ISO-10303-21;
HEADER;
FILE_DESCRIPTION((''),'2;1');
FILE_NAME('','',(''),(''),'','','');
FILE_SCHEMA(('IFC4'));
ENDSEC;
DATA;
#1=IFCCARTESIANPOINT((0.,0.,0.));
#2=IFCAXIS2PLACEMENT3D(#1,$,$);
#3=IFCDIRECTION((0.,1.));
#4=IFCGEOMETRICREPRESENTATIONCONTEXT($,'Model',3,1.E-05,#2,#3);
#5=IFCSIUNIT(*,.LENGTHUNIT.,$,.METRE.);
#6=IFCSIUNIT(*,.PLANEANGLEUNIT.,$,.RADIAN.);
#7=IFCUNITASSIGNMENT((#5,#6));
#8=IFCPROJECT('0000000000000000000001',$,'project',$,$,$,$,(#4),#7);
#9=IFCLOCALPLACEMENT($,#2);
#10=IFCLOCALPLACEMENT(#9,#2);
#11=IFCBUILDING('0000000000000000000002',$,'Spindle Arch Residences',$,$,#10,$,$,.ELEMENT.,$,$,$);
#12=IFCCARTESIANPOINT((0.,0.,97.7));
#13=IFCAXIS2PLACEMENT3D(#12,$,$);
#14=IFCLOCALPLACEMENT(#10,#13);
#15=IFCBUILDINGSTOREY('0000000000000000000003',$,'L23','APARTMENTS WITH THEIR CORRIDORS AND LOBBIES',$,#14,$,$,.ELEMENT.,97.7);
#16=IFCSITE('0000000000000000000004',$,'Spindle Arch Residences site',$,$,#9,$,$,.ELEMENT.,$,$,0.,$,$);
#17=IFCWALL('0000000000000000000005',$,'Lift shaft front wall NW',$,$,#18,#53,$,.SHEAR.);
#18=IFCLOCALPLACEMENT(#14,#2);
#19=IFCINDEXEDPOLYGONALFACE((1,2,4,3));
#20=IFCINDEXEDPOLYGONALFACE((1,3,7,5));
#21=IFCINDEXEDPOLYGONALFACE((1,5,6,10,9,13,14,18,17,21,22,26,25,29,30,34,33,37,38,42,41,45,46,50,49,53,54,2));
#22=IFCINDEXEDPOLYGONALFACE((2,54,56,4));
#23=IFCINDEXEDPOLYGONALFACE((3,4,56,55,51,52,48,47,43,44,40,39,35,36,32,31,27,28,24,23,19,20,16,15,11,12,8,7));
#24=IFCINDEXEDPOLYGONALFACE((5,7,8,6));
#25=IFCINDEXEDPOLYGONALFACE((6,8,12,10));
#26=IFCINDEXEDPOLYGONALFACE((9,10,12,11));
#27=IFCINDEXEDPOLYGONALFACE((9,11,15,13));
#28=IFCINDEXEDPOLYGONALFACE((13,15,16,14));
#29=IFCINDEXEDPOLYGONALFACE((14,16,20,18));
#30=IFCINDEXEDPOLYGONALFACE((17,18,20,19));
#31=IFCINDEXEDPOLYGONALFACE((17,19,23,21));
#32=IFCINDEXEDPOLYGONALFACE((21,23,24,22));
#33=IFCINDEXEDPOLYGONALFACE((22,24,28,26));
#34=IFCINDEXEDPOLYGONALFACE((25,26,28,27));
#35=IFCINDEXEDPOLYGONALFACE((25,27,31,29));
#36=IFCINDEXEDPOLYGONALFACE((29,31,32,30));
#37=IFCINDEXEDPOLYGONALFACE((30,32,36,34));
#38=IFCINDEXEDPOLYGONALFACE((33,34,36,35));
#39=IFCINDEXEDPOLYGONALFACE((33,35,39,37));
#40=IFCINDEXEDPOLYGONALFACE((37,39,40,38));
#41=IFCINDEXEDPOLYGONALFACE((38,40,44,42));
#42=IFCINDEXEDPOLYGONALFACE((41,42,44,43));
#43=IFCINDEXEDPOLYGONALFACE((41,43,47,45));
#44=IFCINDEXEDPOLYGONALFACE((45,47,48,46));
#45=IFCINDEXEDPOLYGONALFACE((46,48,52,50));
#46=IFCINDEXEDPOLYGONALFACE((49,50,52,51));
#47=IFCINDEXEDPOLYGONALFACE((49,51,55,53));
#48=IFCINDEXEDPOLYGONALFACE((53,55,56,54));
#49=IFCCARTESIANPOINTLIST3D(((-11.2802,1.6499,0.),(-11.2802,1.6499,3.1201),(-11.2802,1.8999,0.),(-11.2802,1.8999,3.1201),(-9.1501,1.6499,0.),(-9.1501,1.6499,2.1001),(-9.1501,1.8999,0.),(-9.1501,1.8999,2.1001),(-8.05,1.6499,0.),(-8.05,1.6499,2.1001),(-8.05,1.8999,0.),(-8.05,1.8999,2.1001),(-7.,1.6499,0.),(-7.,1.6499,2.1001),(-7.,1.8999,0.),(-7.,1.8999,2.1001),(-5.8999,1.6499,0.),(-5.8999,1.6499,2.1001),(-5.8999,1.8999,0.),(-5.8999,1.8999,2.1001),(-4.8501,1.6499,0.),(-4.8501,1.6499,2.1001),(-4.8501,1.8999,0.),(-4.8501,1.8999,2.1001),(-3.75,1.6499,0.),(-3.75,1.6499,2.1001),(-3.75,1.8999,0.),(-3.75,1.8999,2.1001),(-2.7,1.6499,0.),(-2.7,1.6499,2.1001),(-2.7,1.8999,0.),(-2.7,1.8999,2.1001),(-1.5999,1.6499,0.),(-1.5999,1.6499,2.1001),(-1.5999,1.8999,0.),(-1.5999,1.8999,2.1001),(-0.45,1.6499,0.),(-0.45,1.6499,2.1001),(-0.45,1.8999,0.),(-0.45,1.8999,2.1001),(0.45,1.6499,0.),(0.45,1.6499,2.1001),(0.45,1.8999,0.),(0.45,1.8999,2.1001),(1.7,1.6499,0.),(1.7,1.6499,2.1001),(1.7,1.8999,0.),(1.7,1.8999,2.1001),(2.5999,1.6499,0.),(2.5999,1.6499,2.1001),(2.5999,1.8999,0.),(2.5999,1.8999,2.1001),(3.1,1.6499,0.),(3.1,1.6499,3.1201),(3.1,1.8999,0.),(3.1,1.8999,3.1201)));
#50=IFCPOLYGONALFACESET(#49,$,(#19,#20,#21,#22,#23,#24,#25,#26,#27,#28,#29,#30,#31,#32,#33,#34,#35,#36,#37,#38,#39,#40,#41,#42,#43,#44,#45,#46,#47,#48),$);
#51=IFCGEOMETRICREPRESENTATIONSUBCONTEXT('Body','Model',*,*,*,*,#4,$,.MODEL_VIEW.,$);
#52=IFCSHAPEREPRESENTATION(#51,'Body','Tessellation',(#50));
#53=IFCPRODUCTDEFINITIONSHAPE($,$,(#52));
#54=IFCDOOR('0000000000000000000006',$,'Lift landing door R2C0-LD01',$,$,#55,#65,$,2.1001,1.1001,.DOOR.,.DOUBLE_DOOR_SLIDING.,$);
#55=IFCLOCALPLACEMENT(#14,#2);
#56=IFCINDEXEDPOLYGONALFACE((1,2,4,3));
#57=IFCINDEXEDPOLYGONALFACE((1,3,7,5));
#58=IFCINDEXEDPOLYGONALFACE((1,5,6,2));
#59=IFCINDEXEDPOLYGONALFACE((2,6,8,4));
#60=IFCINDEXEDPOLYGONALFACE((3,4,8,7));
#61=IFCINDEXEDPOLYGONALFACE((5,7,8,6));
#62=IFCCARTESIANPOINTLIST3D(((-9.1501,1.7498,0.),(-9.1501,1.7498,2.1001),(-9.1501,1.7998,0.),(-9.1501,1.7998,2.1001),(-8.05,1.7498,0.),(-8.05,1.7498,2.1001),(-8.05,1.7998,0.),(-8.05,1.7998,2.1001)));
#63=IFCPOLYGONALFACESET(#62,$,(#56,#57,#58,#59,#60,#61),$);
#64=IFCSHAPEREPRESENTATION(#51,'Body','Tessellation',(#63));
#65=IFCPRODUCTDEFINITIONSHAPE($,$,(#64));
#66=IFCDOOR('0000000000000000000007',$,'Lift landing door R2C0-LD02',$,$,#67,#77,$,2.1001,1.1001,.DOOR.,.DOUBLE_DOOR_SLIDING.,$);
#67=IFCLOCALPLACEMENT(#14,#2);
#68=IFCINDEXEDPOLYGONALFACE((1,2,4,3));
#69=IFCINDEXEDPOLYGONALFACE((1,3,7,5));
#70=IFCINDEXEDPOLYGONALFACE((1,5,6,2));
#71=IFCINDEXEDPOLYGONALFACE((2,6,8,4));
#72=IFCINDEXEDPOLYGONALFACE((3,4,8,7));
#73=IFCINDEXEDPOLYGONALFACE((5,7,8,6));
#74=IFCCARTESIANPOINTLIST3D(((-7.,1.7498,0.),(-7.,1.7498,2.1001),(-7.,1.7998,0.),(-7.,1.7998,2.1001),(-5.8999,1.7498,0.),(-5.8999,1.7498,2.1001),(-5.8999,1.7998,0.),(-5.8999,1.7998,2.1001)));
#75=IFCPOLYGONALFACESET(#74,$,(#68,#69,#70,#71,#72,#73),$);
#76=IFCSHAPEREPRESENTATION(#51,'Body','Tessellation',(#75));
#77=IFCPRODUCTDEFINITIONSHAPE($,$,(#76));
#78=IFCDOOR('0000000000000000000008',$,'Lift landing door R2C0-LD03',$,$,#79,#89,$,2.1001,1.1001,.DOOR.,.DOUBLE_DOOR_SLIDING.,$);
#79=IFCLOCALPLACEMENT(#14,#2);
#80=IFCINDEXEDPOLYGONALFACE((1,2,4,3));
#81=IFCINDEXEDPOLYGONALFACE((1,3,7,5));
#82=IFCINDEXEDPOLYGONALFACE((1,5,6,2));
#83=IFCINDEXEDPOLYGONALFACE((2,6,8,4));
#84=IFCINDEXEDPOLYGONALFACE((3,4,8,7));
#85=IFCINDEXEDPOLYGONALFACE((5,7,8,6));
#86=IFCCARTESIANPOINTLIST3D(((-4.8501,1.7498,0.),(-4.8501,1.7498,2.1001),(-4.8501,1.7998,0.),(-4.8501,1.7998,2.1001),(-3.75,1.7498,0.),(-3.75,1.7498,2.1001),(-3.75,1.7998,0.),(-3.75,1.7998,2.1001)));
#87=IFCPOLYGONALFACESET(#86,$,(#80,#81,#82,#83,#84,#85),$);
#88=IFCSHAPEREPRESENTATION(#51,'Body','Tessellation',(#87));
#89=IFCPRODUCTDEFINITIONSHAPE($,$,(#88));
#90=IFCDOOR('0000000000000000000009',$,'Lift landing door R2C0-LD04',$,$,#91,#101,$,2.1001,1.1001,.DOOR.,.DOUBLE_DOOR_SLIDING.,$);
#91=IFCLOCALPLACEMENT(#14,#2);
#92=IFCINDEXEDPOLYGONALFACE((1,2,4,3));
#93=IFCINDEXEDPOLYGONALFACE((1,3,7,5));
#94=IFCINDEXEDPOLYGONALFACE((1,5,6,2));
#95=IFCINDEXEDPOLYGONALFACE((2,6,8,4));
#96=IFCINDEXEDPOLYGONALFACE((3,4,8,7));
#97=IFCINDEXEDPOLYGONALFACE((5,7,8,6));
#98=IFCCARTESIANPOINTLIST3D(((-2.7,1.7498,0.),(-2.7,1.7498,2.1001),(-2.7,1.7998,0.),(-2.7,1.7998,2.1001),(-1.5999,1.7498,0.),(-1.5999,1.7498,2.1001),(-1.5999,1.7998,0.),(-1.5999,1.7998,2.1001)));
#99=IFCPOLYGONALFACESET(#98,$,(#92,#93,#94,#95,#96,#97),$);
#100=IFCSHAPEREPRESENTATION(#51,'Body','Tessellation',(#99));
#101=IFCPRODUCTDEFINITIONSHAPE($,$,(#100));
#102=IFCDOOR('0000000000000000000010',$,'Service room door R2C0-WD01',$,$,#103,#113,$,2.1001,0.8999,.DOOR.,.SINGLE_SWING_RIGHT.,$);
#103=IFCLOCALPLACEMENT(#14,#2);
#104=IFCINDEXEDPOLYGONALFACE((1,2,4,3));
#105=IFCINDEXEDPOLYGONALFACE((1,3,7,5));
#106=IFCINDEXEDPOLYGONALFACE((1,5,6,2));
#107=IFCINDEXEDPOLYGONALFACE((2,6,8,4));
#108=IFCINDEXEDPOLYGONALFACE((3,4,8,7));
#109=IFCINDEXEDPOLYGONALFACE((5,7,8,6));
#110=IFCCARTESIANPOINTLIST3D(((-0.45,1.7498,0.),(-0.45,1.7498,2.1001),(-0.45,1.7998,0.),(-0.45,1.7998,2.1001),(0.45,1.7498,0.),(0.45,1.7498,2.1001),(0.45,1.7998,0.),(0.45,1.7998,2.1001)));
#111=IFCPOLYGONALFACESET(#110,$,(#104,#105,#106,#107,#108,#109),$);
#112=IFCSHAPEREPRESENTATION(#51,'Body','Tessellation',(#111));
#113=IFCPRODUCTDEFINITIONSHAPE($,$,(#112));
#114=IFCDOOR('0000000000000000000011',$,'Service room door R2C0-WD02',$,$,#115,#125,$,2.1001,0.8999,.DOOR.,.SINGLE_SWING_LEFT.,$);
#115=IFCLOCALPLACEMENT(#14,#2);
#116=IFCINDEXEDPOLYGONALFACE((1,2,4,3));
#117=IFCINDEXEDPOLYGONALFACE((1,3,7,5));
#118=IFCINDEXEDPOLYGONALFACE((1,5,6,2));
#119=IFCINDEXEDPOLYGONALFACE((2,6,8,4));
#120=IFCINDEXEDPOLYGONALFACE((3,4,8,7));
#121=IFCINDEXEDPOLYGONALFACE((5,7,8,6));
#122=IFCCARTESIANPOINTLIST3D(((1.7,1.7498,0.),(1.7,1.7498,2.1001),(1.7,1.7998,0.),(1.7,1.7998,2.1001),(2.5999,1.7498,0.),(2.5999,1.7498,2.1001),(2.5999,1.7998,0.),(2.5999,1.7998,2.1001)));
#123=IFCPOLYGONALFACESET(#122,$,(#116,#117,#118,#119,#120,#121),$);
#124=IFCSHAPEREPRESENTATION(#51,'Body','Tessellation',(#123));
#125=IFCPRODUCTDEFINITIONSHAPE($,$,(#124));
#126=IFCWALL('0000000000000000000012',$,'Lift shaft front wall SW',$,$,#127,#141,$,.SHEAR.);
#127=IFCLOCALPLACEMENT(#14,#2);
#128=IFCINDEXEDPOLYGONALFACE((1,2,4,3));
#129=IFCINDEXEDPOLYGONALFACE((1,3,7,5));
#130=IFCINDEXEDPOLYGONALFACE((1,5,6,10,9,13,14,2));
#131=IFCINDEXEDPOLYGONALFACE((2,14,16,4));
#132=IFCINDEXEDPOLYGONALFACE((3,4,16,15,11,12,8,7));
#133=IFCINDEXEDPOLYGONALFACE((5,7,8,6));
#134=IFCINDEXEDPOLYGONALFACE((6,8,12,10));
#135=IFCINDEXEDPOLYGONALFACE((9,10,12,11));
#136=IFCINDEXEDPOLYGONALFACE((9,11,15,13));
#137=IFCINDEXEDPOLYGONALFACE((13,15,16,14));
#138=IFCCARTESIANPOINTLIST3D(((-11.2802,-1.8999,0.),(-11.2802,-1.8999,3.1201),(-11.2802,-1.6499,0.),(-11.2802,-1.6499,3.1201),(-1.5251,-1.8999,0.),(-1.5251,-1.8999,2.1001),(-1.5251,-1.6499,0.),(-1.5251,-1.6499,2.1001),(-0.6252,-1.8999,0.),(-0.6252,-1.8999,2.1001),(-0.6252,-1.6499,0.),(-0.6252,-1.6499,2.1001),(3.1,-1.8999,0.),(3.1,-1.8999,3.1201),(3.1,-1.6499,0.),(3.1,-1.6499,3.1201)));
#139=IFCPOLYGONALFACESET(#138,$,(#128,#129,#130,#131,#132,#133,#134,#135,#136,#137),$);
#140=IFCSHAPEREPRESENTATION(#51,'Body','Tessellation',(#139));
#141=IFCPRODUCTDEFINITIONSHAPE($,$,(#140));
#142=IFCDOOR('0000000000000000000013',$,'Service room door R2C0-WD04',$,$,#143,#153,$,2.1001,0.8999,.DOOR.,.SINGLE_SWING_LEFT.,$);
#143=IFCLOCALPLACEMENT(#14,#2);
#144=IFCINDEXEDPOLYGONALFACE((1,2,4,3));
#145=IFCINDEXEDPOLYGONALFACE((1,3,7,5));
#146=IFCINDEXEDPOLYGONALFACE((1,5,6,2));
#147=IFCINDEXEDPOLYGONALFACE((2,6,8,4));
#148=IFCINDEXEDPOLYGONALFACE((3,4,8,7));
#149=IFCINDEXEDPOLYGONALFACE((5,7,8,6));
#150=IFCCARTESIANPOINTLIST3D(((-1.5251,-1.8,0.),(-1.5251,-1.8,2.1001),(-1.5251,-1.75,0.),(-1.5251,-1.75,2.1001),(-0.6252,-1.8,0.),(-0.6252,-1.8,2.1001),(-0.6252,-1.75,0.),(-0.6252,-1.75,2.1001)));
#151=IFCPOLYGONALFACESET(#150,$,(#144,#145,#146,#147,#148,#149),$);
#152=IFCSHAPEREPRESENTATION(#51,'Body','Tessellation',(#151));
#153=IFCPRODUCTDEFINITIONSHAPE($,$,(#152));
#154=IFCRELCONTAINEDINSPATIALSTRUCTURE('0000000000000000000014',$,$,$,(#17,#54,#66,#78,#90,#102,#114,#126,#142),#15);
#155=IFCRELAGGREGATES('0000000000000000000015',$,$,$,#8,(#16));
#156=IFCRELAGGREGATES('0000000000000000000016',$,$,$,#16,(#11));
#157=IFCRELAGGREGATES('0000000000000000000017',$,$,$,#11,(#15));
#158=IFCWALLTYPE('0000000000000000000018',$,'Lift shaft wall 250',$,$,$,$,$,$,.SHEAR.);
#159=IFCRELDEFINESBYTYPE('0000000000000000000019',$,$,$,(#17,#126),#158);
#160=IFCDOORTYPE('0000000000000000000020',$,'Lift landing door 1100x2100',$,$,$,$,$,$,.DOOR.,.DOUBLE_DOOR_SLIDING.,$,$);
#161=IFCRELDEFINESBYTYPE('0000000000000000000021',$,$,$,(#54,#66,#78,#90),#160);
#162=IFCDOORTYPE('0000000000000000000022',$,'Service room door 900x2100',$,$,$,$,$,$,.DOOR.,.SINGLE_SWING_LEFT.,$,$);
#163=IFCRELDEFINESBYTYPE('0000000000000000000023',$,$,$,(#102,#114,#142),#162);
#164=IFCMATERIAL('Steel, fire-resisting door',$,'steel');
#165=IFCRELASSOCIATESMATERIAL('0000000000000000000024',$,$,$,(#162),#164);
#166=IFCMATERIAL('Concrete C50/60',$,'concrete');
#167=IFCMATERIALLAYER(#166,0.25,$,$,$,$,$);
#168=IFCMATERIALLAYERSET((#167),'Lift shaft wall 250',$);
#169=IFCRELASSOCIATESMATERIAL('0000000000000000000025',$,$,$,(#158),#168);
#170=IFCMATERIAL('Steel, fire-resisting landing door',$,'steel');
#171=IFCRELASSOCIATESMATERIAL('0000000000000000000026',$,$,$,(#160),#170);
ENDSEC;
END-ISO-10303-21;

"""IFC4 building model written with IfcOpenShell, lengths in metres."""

from ifc_helpers import new_model, si_unit, direction, frame, frame_2d, origin, place, context, subcontext, project, spatial, rectangle, extrude, material, layer, layer_set, type_object, element, fill, save


model = new_model("IFC4")

# Units and contexts
model_context = context("Model", 3, precision=1e-05, world=origin(), true_north=direction((0.0, 1.0)))
body_context = subcontext(model_context, "Body", "Model", "MODEL_VIEW")
ifc_project = project(units=[si_unit("LENGTHUNIT", "METRE"), si_unit("PLANEANGLEUNIT", "RADIAN")], contexts=[model_context])

# Site, building, storey
site_placement = place(None, origin())
site = spatial("IfcSite", under=ifc_project, at=site_placement, Name="Spindle Arch Residences site", CompositionType="ELEMENT", RefElevation=0.0)
building_placement = place(site_placement, origin())
building = spatial("IfcBuilding", under=site, at=building_placement, Name="Spindle Arch Residences", CompositionType="ELEMENT")
storey_placement = place(building_placement, frame((0.0, 0.0, 97.7)))
storey = spatial("IfcBuildingStorey", under=building, at=storey_placement, Name="L23", Description="APARTMENTS WITH THEIR CORRIDORS AND LOBBIES", CompositionType="ELEMENT", Elevation=97.7)

# Shared definitions
ifc_material_1 = material(Name="Steel, fire-resisting door", Category="steel")
door_type_1 = type_object("IfcDoorType", Name="Service room door 900x2100", OperationType="SINGLE_SWING_LEFT", PredefinedType="DOOR", material=ifc_material_1)

# Wall, openings, doors
ifc_material_2 = material(Name="Concrete C50/60", Category="concrete")
ifc_layer_1 = layer(ifc_material_2, 0.25)
ifc_layer_set_1 = layer_set([ifc_layer_1], Name="Lift shaft wall 250")
wall_type_1 = type_object("IfcWallType", Name="Lift shaft wall 250", PredefinedType="SHEAR", material=ifc_layer_set_1)
wall_1_placement = place(storey_placement, frame((-11.28, 1.7749, 0.0), z_axis=(0.0, 0.0, 1.0), x_axis=(1.0, 0.0, 0.0)))
wall_1 = element("IfcWall", 1, at=wall_1_placement, inside=storey, type_object=wall_type_1, Name="Lift shaft front wall NW", PredefinedType="SHEAR", context=body_context, shape_type="SweptSolid", body=[
    extrude(rectangle(XDim=14.3801, YDim=0.25, at=frame_2d((7.1899, 0.0))), origin(), (0.0, 0.0, 1.0), 3.1201),
])
opening_1_placement = place(wall_1_placement, frame((2.1299, 0.0, 0.0)))
opening_1 = element("IfcOpeningElement", 2, at=opening_1_placement, cuts=wall_1, PredefinedType="OPENING", context=body_context, shape_type="SweptSolid", body=[
    extrude(rectangle(XDim=1.1001, YDim=2.1001, at=frame_2d((0.55, 1.05))), frame((0.0, 0.135, 0.0), z_axis=(0.0, -1.0, 0.0), x_axis=(1.0, 0.0, 0.0)), (0.0, 0.0, 1.0), 0.27),
])
opening_2_placement = place(wall_1_placement, frame((4.28, 0.0, 0.0)))
opening_2 = element("IfcOpeningElement", 3, at=opening_2_placement, cuts=wall_1, PredefinedType="OPENING", context=body_context, shape_type="SweptSolid", body=[
    extrude(rectangle(XDim=1.1001, YDim=2.1001, at=frame_2d((0.55, 1.05))), frame((0.0, 0.135, 0.0), z_axis=(0.0, -1.0, 0.0), x_axis=(1.0, 0.0, 0.0)), (0.0, 0.0, 1.0), 0.27),
])
opening_3_placement = place(wall_1_placement, frame((6.4299, 0.0, 0.0)))
opening_3 = element("IfcOpeningElement", 4, at=opening_3_placement, cuts=wall_1, PredefinedType="OPENING", context=body_context, shape_type="SweptSolid", body=[
    extrude(rectangle(XDim=1.1001, YDim=2.1001, at=frame_2d((0.55, 1.05))), frame((0.0, 0.135, 0.0), z_axis=(0.0, -1.0, 0.0), x_axis=(1.0, 0.0, 0.0)), (0.0, 0.0, 1.0), 0.27),
])
opening_4_placement = place(wall_1_placement, frame((8.5801, 0.0, 0.0)))
opening_4 = element("IfcOpeningElement", 5, at=opening_4_placement, cuts=wall_1, PredefinedType="OPENING", context=body_context, shape_type="SweptSolid", body=[
    extrude(rectangle(XDim=1.1001, YDim=2.1001, at=frame_2d((0.55, 1.05))), frame((0.0, 0.135, 0.0), z_axis=(0.0, -1.0, 0.0), x_axis=(1.0, 0.0, 0.0)), (0.0, 0.0, 1.0), 0.27),
])
opening_5_placement = place(wall_1_placement, frame((10.8301, 0.0, 0.0)))
opening_5 = element("IfcOpeningElement", 6, at=opening_5_placement, cuts=wall_1, PredefinedType="OPENING", context=body_context, shape_type="SweptSolid", body=[
    extrude(rectangle(XDim=0.8999, YDim=2.1001, at=frame_2d((0.45, 1.05))), frame((0.0, 0.135, 0.0), z_axis=(0.0, -1.0, 0.0), x_axis=(1.0, 0.0, 0.0)), (0.0, 0.0, 1.0), 0.27),
])
opening_6_placement = place(wall_1_placement, frame((12.98, 0.0, 0.0)))
opening_6 = element("IfcOpeningElement", 7, at=opening_6_placement, cuts=wall_1, PredefinedType="OPENING", context=body_context, shape_type="SweptSolid", body=[
    extrude(rectangle(XDim=0.8999, YDim=2.1001, at=frame_2d((0.45, 1.05))), frame((0.0, 0.135, 0.0), z_axis=(0.0, -1.0, 0.0), x_axis=(1.0, 0.0, 0.0)), (0.0, 0.0, 1.0), 0.27),
])
ifc_material_3 = material(Name="Steel, fire-resisting landing door", Category="steel")
door_type_2 = type_object("IfcDoorType", Name="Lift landing door 1100x2100", OperationType="DOUBLE_DOOR_SLIDING", PredefinedType="DOOR", material=ifc_material_3)
door_1_placement = place(opening_1_placement, origin())
door_1 = element("IfcDoor", 8, at=door_1_placement, inside=storey, type_object=door_type_2, Name="Lift landing door R2C0-LD01", OperationType="DOUBLE_DOOR_SLIDING", OverallHeight=2.1001, OverallWidth=1.1001, PredefinedType="DOOR", context=body_context, shape_type="SweptSolid", body=[
    extrude(rectangle(XDim=1.1001, YDim=2.1001, at=frame_2d((0.55, 1.05))), frame((0.0, 0.0249, 0.0), z_axis=(0.0, -1.0, 0.0), x_axis=(1.0, 0.0, 0.0)), (0.0, 0.0, 1.0), 0.05),
])
fill(opening_1, door_1)
door_2_placement = place(opening_2_placement, origin())
door_2 = element("IfcDoor", 9, at=door_2_placement, inside=storey, type_object=door_type_2, Name="Lift landing door R2C0-LD02", OperationType="DOUBLE_DOOR_SLIDING", OverallHeight=2.1001, OverallWidth=1.1001, PredefinedType="DOOR", context=body_context, shape_type="SweptSolid", body=[
    extrude(rectangle(XDim=1.1001, YDim=2.1001, at=frame_2d((0.55, 1.05))), frame((0.0, 0.0249, 0.0), z_axis=(0.0, -1.0, 0.0), x_axis=(1.0, 0.0, 0.0)), (0.0, 0.0, 1.0), 0.05),
])
fill(opening_2, door_2)
door_3_placement = place(opening_3_placement, origin())
door_3 = element("IfcDoor", 10, at=door_3_placement, inside=storey, type_object=door_type_2, Name="Lift landing door R2C0-LD03", OperationType="DOUBLE_DOOR_SLIDING", OverallHeight=2.1001, OverallWidth=1.1001, PredefinedType="DOOR", context=body_context, shape_type="SweptSolid", body=[
    extrude(rectangle(XDim=1.1001, YDim=2.1001, at=frame_2d((0.55, 1.05))), frame((0.0, 0.0249, 0.0), z_axis=(0.0, -1.0, 0.0), x_axis=(1.0, 0.0, 0.0)), (0.0, 0.0, 1.0), 0.05),
])
fill(opening_3, door_3)
door_4_placement = place(opening_4_placement, origin())
door_4 = element("IfcDoor", 11, at=door_4_placement, inside=storey, type_object=door_type_2, Name="Lift landing door R2C0-LD04", OperationType="DOUBLE_DOOR_SLIDING", OverallHeight=2.1001, OverallWidth=1.1001, PredefinedType="DOOR", context=body_context, shape_type="SweptSolid", body=[
    extrude(rectangle(XDim=1.1001, YDim=2.1001, at=frame_2d((0.55, 1.05))), frame((0.0, 0.0249, 0.0), z_axis=(0.0, -1.0, 0.0), x_axis=(1.0, 0.0, 0.0)), (0.0, 0.0, 1.0), 0.05),
])
fill(opening_4, door_4)
door_5_placement = place(opening_5_placement, origin())
door_5 = element("IfcDoor", 12, at=door_5_placement, inside=storey, type_object=door_type_1, Name="Service room door R2C0-WD01", OperationType="SINGLE_SWING_RIGHT", OverallHeight=2.1001, OverallWidth=0.8999, PredefinedType="DOOR", context=body_context, shape_type="SweptSolid", body=[
    extrude(rectangle(XDim=0.8999, YDim=2.1001, at=frame_2d((0.45, 1.05))), frame((0.0, 0.0249, 0.0), z_axis=(0.0, -1.0, 0.0), x_axis=(1.0, 0.0, 0.0)), (0.0, 0.0, 1.0), 0.05),
])
fill(opening_5, door_5)
door_6_placement = place(opening_6_placement, origin())
door_6 = element("IfcDoor", 13, at=door_6_placement, inside=storey, type_object=door_type_1, Name="Service room door R2C0-WD02", OperationType="SINGLE_SWING_LEFT", OverallHeight=2.1001, OverallWidth=0.8999, PredefinedType="DOOR", context=body_context, shape_type="SweptSolid", body=[
    extrude(rectangle(XDim=0.8999, YDim=2.1001, at=frame_2d((0.45, 1.05))), frame((0.0, 0.0249, 0.0), z_axis=(0.0, -1.0, 0.0), x_axis=(1.0, 0.0, 0.0)), (0.0, 0.0, 1.0), 0.05),
])
fill(opening_6, door_6)

# Wall, opening, door
wall_2_placement = place(storey_placement, frame((-11.28, -1.7749, 0.0), z_axis=(0.0, 0.0, 1.0), x_axis=(1.0, 0.0, 0.0)))
wall_2 = element("IfcWall", 14, at=wall_2_placement, inside=storey, type_object=wall_type_1, Name="Lift shaft front wall SW", PredefinedType="SHEAR", context=body_context, shape_type="SweptSolid", body=[
    extrude(rectangle(XDim=14.3801, YDim=0.25, at=frame_2d((7.1899, 0.0))), origin(), (0.0, 0.0, 1.0), 3.1201),
])
opening_7_placement = place(wall_2_placement, frame((9.7549, 0.0, 0.0)))
opening_7 = element("IfcOpeningElement", 15, at=opening_7_placement, cuts=wall_2, PredefinedType="OPENING", context=body_context, shape_type="SweptSolid", body=[
    extrude(rectangle(XDim=0.8999, YDim=2.1001, at=frame_2d((0.45, 1.05))), frame((0.0, 0.135, 0.0), z_axis=(0.0, -1.0, 0.0), x_axis=(1.0, 0.0, 0.0)), (0.0, 0.0, 1.0), 0.27),
])
door_7_placement = place(opening_7_placement, origin())
door_7 = element("IfcDoor", 16, at=door_7_placement, inside=storey, type_object=door_type_1, Name="Service room door R2C0-WD04", OperationType="SINGLE_SWING_LEFT", OverallHeight=2.1001, OverallWidth=0.8999, PredefinedType="DOOR", context=body_context, shape_type="SweptSolid", body=[
    extrude(rectangle(XDim=0.8999, YDim=2.1001, at=frame_2d((0.45, 1.05))), frame((0.0, 0.0249, 0.0), z_axis=(0.0, -1.0, 0.0), x_axis=(1.0, 0.0, 0.0)), (0.0, 0.0, 1.0), 0.05),
])
fill(opening_7, door_7)

save(model, "model.ifc")
